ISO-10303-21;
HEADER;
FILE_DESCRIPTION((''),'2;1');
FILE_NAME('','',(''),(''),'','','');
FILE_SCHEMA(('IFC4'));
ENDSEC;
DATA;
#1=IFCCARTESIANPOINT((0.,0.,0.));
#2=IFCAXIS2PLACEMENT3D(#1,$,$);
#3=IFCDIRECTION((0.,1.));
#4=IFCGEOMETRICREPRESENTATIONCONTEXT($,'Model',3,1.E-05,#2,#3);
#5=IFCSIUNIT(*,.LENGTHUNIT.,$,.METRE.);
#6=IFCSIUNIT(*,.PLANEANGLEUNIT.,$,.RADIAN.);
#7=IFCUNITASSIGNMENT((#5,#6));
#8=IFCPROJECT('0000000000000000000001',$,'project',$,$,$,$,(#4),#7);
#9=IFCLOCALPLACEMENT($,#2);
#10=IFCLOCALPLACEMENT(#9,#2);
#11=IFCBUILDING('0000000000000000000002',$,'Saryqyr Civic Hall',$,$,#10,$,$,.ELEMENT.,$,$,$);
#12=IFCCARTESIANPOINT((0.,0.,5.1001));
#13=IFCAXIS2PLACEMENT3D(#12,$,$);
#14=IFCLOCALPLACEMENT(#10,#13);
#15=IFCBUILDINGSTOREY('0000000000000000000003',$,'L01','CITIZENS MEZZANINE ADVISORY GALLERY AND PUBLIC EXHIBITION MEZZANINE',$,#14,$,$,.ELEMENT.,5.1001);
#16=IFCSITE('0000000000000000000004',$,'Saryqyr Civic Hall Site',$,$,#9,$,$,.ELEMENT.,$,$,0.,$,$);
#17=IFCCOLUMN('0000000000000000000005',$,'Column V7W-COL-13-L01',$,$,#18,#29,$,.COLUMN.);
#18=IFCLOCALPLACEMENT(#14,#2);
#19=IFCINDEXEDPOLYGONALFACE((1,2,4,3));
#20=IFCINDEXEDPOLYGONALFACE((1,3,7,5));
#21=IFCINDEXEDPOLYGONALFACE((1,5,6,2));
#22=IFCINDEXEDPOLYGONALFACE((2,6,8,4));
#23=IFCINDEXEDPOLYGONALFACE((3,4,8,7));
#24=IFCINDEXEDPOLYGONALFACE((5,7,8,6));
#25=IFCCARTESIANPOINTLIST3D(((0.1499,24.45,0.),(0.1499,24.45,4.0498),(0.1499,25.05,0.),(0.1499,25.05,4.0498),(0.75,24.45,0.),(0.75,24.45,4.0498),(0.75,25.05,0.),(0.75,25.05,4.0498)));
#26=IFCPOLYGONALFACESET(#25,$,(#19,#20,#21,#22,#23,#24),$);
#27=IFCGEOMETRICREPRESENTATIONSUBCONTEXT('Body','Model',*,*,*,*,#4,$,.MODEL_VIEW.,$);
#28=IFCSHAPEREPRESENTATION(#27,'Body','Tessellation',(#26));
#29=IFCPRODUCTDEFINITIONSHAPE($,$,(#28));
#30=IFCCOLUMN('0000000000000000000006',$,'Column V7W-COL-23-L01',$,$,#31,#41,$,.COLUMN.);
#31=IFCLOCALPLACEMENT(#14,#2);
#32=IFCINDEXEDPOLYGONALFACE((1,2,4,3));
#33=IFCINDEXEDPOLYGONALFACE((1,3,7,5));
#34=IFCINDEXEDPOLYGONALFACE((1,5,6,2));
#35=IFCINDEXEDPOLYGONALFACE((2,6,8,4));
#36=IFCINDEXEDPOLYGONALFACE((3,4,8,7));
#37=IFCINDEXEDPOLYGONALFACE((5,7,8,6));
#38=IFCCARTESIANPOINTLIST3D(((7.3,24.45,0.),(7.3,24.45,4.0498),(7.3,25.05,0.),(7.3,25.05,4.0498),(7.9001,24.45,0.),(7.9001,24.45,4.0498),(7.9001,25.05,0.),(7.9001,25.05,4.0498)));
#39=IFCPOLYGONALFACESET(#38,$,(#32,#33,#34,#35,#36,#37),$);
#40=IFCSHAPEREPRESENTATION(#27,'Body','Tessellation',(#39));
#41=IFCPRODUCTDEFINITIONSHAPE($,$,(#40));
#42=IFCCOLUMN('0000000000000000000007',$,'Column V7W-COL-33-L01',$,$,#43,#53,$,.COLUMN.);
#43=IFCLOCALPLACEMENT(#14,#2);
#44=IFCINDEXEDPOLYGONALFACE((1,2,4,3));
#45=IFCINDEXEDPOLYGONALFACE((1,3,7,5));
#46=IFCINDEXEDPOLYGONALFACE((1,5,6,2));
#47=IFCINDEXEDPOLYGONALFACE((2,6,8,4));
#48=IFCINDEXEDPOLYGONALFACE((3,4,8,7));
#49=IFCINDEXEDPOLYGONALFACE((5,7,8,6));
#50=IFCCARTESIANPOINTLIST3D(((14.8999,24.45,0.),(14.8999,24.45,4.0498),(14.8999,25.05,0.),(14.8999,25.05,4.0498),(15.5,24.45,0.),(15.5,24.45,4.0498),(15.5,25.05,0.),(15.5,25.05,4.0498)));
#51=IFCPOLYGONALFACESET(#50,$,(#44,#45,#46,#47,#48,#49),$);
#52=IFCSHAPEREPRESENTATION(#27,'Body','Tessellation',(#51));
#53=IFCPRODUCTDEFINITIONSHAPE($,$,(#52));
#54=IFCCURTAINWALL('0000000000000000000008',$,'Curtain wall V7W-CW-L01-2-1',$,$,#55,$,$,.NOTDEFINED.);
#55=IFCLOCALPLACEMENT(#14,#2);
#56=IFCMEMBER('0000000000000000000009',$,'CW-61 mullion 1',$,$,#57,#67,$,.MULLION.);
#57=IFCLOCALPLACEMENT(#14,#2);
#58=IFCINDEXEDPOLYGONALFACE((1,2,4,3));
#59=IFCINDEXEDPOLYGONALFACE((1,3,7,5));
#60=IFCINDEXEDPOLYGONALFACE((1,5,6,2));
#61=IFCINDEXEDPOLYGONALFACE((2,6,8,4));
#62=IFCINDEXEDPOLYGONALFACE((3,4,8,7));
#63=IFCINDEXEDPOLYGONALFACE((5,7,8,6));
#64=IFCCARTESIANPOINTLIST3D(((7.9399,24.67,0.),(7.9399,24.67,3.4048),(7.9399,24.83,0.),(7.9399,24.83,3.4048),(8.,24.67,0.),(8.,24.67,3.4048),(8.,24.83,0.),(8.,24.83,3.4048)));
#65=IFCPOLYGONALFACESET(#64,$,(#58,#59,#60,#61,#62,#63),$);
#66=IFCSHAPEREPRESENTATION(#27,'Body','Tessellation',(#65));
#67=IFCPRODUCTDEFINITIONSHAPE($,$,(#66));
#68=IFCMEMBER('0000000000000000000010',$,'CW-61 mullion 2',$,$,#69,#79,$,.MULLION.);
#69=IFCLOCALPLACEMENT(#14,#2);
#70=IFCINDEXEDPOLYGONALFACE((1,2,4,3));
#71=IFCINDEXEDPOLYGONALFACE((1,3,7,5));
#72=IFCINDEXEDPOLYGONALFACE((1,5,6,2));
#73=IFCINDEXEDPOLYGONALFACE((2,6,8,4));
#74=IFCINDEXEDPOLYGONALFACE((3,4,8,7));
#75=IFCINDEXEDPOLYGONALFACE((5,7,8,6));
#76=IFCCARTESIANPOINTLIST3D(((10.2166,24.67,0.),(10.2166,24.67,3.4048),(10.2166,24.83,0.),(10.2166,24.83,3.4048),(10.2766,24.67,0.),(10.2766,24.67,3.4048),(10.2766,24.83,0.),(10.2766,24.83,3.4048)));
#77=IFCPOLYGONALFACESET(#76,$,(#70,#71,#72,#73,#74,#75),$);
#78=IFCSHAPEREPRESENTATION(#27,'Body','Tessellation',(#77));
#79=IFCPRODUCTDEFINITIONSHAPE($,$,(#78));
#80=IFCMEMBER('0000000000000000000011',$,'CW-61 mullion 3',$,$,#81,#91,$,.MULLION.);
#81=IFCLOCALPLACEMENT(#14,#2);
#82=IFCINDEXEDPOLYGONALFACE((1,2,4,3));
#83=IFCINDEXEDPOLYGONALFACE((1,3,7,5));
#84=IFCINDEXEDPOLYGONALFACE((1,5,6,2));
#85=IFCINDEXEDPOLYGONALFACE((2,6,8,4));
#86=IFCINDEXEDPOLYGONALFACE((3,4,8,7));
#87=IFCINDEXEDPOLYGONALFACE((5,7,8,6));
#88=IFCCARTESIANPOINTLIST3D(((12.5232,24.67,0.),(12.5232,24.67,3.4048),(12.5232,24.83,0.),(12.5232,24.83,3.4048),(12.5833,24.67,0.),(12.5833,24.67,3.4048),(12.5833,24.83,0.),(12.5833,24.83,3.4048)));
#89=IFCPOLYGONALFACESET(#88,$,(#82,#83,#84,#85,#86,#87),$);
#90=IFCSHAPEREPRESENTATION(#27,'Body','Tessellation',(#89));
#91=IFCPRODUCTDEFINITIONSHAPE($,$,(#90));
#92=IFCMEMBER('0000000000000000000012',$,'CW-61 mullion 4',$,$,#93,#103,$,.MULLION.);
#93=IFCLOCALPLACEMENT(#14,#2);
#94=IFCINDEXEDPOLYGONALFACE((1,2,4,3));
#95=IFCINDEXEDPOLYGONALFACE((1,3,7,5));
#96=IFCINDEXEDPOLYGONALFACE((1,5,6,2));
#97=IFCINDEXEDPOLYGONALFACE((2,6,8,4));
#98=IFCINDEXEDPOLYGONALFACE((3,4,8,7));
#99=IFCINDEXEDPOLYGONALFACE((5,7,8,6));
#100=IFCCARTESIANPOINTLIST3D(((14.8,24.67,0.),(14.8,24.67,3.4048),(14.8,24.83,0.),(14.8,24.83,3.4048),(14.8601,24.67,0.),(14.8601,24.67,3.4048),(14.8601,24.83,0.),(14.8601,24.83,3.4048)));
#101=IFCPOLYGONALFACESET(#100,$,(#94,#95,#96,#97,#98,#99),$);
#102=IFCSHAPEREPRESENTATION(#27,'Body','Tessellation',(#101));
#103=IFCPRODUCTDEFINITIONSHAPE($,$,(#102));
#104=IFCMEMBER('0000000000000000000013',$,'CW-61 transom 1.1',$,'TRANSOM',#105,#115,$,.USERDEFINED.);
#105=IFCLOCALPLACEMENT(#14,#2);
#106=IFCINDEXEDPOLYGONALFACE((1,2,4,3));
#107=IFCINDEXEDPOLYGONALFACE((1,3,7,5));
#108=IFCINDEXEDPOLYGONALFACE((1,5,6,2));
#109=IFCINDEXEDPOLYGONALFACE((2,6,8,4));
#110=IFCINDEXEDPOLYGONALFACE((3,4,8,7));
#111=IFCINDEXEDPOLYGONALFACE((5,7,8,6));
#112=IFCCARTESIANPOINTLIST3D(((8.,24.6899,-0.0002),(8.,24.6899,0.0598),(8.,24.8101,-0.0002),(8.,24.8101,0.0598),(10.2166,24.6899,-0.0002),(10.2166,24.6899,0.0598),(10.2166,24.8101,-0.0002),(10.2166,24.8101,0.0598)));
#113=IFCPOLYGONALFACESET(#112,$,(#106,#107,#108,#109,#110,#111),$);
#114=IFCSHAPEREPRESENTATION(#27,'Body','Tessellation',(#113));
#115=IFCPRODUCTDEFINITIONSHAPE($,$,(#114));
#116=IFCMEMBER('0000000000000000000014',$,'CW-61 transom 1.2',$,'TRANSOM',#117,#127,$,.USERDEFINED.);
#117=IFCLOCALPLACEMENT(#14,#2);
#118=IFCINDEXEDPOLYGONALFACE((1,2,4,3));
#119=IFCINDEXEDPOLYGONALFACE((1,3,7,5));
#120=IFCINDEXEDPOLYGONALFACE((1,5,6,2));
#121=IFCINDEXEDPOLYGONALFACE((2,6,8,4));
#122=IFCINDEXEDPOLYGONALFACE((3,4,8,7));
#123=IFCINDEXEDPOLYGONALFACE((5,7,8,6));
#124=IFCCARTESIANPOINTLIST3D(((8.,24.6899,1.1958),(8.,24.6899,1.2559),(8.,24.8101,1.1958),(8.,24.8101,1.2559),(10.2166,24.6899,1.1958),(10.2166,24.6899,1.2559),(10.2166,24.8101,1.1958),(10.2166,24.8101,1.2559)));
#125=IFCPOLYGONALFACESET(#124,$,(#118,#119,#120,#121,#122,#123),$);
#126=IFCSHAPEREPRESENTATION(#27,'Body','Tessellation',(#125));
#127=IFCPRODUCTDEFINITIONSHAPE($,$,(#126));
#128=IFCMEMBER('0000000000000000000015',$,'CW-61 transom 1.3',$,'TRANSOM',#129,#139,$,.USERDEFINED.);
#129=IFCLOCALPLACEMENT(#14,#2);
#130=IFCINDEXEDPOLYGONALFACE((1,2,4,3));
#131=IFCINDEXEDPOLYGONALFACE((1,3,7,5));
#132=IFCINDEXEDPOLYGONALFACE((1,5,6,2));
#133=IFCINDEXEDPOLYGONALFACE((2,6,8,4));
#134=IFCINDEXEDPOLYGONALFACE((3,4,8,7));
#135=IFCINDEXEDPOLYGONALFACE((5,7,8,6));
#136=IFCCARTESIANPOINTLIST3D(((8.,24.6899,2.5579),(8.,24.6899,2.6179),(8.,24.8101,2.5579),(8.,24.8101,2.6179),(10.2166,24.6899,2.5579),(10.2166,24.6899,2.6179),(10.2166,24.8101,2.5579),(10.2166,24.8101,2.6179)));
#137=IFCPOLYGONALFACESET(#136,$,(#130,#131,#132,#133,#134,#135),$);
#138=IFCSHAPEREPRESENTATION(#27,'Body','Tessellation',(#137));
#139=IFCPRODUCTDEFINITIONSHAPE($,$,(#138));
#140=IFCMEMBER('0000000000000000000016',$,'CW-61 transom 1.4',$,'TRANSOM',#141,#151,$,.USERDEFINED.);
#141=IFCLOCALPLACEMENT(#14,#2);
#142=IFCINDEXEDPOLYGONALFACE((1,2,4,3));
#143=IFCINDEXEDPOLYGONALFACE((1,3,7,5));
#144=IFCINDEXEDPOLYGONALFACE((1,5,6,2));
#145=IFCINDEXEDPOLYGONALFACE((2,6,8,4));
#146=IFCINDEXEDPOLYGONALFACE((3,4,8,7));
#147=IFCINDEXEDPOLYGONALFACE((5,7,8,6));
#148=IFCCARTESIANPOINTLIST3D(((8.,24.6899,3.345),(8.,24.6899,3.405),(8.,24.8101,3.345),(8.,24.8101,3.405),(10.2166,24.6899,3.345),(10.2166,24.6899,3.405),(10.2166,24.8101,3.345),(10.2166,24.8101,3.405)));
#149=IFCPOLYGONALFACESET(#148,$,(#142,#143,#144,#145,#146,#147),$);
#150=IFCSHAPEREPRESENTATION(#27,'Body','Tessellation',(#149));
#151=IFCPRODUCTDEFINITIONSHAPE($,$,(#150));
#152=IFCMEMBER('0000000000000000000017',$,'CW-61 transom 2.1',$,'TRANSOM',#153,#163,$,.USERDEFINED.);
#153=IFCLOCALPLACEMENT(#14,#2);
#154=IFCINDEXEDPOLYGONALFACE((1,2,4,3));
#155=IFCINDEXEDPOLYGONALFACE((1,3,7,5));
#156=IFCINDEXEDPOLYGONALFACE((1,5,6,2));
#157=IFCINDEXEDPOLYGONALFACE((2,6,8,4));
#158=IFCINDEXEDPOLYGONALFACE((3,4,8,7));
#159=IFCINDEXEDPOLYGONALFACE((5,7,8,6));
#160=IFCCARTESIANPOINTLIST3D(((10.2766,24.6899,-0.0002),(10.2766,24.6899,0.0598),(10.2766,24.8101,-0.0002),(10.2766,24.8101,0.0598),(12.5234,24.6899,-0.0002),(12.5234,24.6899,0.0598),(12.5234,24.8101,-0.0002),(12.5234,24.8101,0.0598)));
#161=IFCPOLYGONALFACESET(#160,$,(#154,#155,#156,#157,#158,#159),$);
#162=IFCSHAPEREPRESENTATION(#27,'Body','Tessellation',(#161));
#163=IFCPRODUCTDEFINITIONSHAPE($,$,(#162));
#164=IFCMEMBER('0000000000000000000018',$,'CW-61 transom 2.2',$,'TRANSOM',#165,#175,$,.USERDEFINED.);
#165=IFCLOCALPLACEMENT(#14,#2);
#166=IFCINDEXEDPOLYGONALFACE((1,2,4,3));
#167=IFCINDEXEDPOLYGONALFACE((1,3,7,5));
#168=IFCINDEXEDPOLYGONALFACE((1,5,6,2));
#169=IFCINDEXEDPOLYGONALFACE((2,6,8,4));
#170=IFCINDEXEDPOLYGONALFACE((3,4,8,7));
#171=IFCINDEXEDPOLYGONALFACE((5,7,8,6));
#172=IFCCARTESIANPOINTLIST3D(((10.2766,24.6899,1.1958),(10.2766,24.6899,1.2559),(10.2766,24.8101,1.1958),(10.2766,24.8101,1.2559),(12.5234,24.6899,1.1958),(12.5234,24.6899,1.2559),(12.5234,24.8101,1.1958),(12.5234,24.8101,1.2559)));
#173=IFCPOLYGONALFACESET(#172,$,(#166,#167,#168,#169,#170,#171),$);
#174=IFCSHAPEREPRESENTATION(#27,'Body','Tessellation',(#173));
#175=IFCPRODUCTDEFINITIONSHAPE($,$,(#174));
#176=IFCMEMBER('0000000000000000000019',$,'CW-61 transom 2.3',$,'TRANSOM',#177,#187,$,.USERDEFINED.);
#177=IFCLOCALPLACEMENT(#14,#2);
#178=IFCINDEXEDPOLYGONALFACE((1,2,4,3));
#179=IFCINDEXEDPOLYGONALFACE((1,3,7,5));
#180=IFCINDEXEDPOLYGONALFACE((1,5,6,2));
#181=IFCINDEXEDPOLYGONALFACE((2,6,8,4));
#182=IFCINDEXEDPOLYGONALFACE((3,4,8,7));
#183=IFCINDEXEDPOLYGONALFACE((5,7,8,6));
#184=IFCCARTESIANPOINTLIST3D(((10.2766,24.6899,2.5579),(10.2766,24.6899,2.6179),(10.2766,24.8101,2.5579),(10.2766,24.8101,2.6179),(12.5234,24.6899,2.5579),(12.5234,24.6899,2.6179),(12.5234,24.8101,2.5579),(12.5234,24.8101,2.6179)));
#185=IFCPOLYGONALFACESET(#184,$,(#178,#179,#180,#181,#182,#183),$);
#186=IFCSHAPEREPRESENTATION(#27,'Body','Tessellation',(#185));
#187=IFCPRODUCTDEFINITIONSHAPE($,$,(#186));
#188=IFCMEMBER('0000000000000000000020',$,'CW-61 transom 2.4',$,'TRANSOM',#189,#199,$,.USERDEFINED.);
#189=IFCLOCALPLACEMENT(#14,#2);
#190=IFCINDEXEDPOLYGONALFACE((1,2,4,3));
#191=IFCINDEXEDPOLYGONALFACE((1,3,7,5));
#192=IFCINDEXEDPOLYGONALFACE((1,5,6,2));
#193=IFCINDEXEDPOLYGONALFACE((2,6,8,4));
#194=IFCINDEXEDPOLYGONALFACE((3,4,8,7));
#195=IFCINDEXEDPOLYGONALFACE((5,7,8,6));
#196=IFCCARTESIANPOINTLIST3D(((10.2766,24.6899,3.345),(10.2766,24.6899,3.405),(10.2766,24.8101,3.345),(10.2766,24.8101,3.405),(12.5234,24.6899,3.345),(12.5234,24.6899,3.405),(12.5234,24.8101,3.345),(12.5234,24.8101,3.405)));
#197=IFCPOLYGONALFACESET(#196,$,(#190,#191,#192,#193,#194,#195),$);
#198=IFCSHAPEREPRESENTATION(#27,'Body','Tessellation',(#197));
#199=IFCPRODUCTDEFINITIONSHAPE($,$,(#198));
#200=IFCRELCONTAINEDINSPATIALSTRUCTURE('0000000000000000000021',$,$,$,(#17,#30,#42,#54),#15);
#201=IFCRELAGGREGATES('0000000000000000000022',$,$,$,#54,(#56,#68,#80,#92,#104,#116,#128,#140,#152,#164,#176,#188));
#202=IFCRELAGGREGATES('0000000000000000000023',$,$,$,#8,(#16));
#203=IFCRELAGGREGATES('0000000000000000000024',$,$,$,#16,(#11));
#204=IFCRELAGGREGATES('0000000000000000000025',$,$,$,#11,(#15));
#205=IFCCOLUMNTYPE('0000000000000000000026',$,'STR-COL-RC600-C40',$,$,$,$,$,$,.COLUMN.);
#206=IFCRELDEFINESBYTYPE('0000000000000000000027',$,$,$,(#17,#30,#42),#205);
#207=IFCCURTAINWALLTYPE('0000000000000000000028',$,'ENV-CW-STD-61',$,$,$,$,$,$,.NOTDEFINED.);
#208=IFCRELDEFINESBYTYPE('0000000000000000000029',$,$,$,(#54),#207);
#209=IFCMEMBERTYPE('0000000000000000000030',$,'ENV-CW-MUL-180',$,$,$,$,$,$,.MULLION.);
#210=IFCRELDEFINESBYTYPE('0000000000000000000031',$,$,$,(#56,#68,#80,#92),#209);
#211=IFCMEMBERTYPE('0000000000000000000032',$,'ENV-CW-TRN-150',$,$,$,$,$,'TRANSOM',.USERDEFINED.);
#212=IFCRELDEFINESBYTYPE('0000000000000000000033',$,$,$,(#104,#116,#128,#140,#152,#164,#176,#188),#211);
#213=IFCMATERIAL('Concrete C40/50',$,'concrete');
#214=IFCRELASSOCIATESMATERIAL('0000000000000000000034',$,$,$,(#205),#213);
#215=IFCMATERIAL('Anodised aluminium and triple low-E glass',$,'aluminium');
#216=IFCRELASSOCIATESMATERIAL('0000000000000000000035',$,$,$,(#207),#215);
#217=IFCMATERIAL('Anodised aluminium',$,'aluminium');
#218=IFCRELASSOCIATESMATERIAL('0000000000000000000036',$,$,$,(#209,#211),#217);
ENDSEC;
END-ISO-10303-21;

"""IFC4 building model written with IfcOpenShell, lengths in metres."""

from ifc_helpers import new_model, si_unit, direction, frame, origin, origin_2d, place, context, subcontext, project, spatial, rectangle, extrude, material, material_profile, profile_set, type_object, element, aggregate, save


model = new_model("IFC4")

# Units and contexts
model_context = context("Model", 3, precision=1e-05, world=origin(), true_north=direction((0.0, 1.0)))
body_context = subcontext(model_context, "Body", "Model", "MODEL_VIEW")
ifc_project = project(units=[si_unit("LENGTHUNIT", "METRE"), si_unit("PLANEANGLEUNIT", "RADIAN")], contexts=[model_context])

# Site, building, storey
site_placement = place(None, origin())
site = spatial("IfcSite", under=ifc_project, at=site_placement, Name="Saryqyr Civic Hall Site", CompositionType="ELEMENT", RefElevation=0.0)
building_placement = place(site_placement, origin())
building = spatial("IfcBuilding", under=site, at=building_placement, Name="Saryqyr Civic Hall", CompositionType="ELEMENT")
storey_placement = place(building_placement, frame((0.0, 0.0, 5.1001)))
storey = spatial("IfcBuildingStorey", under=building, at=storey_placement, Name="L01", Description="CITIZENS MEZZANINE ADVISORY GALLERY AND PUBLIC EXHIBITION MEZZANINE", CompositionType="ELEMENT", Elevation=5.1001)

# Columns
ifc_material_1 = material(Name="Concrete C40/50", Category="concrete")
ifc_material_profile_1 = material_profile(ifc_material_1, rectangle(XDim=0.6001, YDim=0.6001, at=origin_2d()), Name="RC 600x600")
ifc_profile_set_1 = profile_set([ifc_material_profile_1], Name="Concrete C40/50")
column_type = type_object("IfcColumnType", Name="STR-COL-RC600-C40", PredefinedType="COLUMN", material=ifc_profile_set_1)
for number, where, z_axis, x_axis, name in (
    (1, (0.45, 24.75, 0.0), (0.0, 0.0, 1.0), (1.0, 0.0, 0.0), "Column V7W-COL-13-L01"),
    (2, (7.6001, 24.75, 0.0), (0.0, 0.0, 1.0), (1.0, 0.0, 0.0), "Column V7W-COL-23-L01"),
    (3, (15.2, 24.75, 0.0), (0.0, 0.0, 1.0), (1.0, 0.0, 0.0), "Column V7W-COL-33-L01"),
):
    element("IfcColumn", number, at=place(storey_placement, frame(where, z_axis=z_axis, x_axis=x_axis)), inside=storey, type_object=column_type, Name=name, PredefinedType="COLUMN", context=body_context, shape_type="SweptSolid", body=[
        extrude(rectangle(XDim=0.6001, YDim=0.6001, at=origin_2d()), origin(), (0.0, 0.0, 1.0), 4.0498),
    ])

# Curtain wall, members
ifc_material_2 = material(Name="Anodised aluminium and triple low-E glass", Category="aluminium")
curtain_wall_type = type_object("IfcCurtainWallType", Name="ENV-CW-STD-61", PredefinedType="NOTDEFINED", material=ifc_material_2)
curtain_wall_placement = place(storey_placement, origin())
curtain_wall = element("IfcCurtainWall", 4, at=curtain_wall_placement, inside=storey, type_object=curtain_wall_type, Name="Curtain wall V7W-CW-L01-2-1", PredefinedType="NOTDEFINED")
ifc_material_3 = material(Name="Anodised aluminium", Category="aluminium")
ifc_material_profile_2 = material_profile(ifc_material_3, rectangle(XDim=0.0601, YDim=0.1599, at=origin_2d()), Name="ALU MULLION 60x160")
ifc_profile_set_2 = profile_set([ifc_material_profile_2], Name="Anodised aluminium")
member_type_1 = type_object("IfcMemberType", Name="ENV-CW-MUL-180", PredefinedType="MULLION", material=ifc_profile_set_2)
member_1_placement = place(storey_placement, frame((7.97, 24.75, 0.0), z_axis=(0.0, 0.0, 1.0), x_axis=(1.0, 0.0, 0.0)))
member_1 = element("IfcMember", 5, at=member_1_placement, type_object=member_type_1, Name="CW-61 mullion 1", PredefinedType="MULLION", context=body_context, shape_type="SweptSolid", body=[
    extrude(rectangle(XDim=0.0601, YDim=0.1599, at=origin_2d()), origin(), (0.0, 0.0, 1.0), 3.4048),
])
member_2_placement = place(storey_placement, frame((10.2466, 24.75, 0.0), z_axis=(0.0, 0.0, 1.0), x_axis=(1.0, 0.0, 0.0)))
member_2 = element("IfcMember", 6, at=member_2_placement, type_object=member_type_1, Name="CW-61 mullion 2", PredefinedType="MULLION", context=body_context, shape_type="SweptSolid", body=[
    extrude(rectangle(XDim=0.0601, YDim=0.1599, at=origin_2d()), origin(), (0.0, 0.0, 1.0), 3.4048),
])
member_3_placement = place(storey_placement, frame((12.5532, 24.75, 0.0), z_axis=(0.0, 0.0, 1.0), x_axis=(1.0, 0.0, 0.0)))
member_3 = element("IfcMember", 7, at=member_3_placement, type_object=member_type_1, Name="CW-61 mullion 3", PredefinedType="MULLION", context=body_context, shape_type="SweptSolid", body=[
    extrude(rectangle(XDim=0.0601, YDim=0.1599, at=origin_2d()), origin(), (0.0, 0.0, 1.0), 3.4048),
])
member_4_placement = place(storey_placement, frame((14.8301, 24.75, 0.0), z_axis=(0.0, 0.0, 1.0), x_axis=(1.0, 0.0, 0.0)))
member_4 = element("IfcMember", 8, at=member_4_placement, type_object=member_type_1, Name="CW-61 mullion 4", PredefinedType="MULLION", context=body_context, shape_type="SweptSolid", body=[
    extrude(rectangle(XDim=0.0601, YDim=0.1599, at=origin_2d()), origin(), (0.0, 0.0, 1.0), 3.4048),
])
ifc_material_profile_3 = material_profile(ifc_material_3, rectangle(XDim=0.1201, YDim=0.0601, at=origin_2d()), Name="ALU TRANSOM 120x60")
ifc_profile_set_3 = profile_set([ifc_material_profile_3], Name="Anodised aluminium")
member_type_2 = type_object("IfcMemberType", Name="ENV-CW-TRN-150", ElementType="TRANSOM", PredefinedType="USERDEFINED", material=ifc_profile_set_3)
member_5_placement = place(storey_placement, frame((8.0, 24.75, 0.0298), z_axis=(1.0, 0.0, 0.0), x_axis=(0.0, 1.0, 0.0)))
member_5 = element("IfcMember", 9, at=member_5_placement, type_object=member_type_2, Name="CW-61 transom 1.1", ObjectType="TRANSOM", PredefinedType="USERDEFINED", context=body_context, shape_type="SweptSolid", body=[
    extrude(rectangle(XDim=0.1201, YDim=0.0601, at=origin_2d()), origin(), (0.0, 0.0, 1.0), 2.2166),
])
member_6_placement = place(storey_placement, frame((8.0, 24.75, 1.2258), z_axis=(1.0, 0.0, 0.0), x_axis=(0.0, 1.0, 0.0)))
member_6 = element("IfcMember", 10, at=member_6_placement, type_object=member_type_2, Name="CW-61 transom 1.2", ObjectType="TRANSOM", PredefinedType="USERDEFINED", context=body_context, shape_type="SweptSolid", body=[
    extrude(rectangle(XDim=0.1201, YDim=0.0601, at=origin_2d()), origin(), (0.0, 0.0, 1.0), 2.2166),
])
member_7_placement = place(storey_placement, frame((8.0, 24.75, 2.5879), z_axis=(1.0, 0.0, 0.0), x_axis=(0.0, 1.0, 0.0)))
member_7 = element("IfcMember", 11, at=member_7_placement, type_object=member_type_2, Name="CW-61 transom 1.3", ObjectType="TRANSOM", PredefinedType="USERDEFINED", context=body_context, shape_type="SweptSolid", body=[
    extrude(rectangle(XDim=0.1201, YDim=0.0601, at=origin_2d()), origin(), (0.0, 0.0, 1.0), 2.2166),
])
member_8_placement = place(storey_placement, frame((8.0, 24.75, 3.375), z_axis=(1.0, 0.0, 0.0), x_axis=(0.0, 1.0, 0.0)))
member_8 = element("IfcMember", 12, at=member_8_placement, type_object=member_type_2, Name="CW-61 transom 1.4", ObjectType="TRANSOM", PredefinedType="USERDEFINED", context=body_context, shape_type="SweptSolid", body=[
    extrude(rectangle(XDim=0.1201, YDim=0.0601, at=origin_2d()), origin(), (0.0, 0.0, 1.0), 2.2166),
])
member_9_placement = place(storey_placement, frame((10.2766, 24.75, 0.0298), z_axis=(1.0, 0.0, 0.0), x_axis=(0.0, 1.0, 0.0)))
member_9 = element("IfcMember", 13, at=member_9_placement, type_object=member_type_2, Name="CW-61 transom 2.1", ObjectType="TRANSOM", PredefinedType="USERDEFINED", context=body_context, shape_type="SweptSolid", body=[
    extrude(rectangle(XDim=0.1201, YDim=0.0601, at=origin_2d()), origin(), (0.0, 0.0, 1.0), 2.2468),
])
member_10_placement = place(storey_placement, frame((10.2766, 24.75, 1.2258), z_axis=(1.0, 0.0, 0.0), x_axis=(0.0, 1.0, 0.0)))
member_10 = element("IfcMember", 14, at=member_10_placement, type_object=member_type_2, Name="CW-61 transom 2.2", ObjectType="TRANSOM", PredefinedType="USERDEFINED", context=body_context, shape_type="SweptSolid", body=[
    extrude(rectangle(XDim=0.1201, YDim=0.0601, at=origin_2d()), origin(), (0.0, 0.0, 1.0), 2.2468),
])
member_11_placement = place(storey_placement, frame((10.2766, 24.75, 2.5879), z_axis=(1.0, 0.0, 0.0), x_axis=(0.0, 1.0, 0.0)))
member_11 = element("IfcMember", 15, at=member_11_placement, type_object=member_type_2, Name="CW-61 transom 2.3", ObjectType="TRANSOM", PredefinedType="USERDEFINED", context=body_context, shape_type="SweptSolid", body=[
    extrude(rectangle(XDim=0.1201, YDim=0.0601, at=origin_2d()), origin(), (0.0, 0.0, 1.0), 2.2468),
])
member_12_placement = place(storey_placement, frame((10.2766, 24.75, 3.375), z_axis=(1.0, 0.0, 0.0), x_axis=(0.0, 1.0, 0.0)))
member_12 = element("IfcMember", 16, at=member_12_placement, type_object=member_type_2, Name="CW-61 transom 2.4", ObjectType="TRANSOM", PredefinedType="USERDEFINED", context=body_context, shape_type="SweptSolid", body=[
    extrude(rectangle(XDim=0.1201, YDim=0.0601, at=origin_2d()), origin(), (0.0, 0.0, 1.0), 2.2468),
])

aggregate(curtain_wall, [member_1, member_2, member_3, member_4, member_5, member_6, member_7, member_8, member_9, member_10, member_11, member_12])

save(model, "model.ifc")
